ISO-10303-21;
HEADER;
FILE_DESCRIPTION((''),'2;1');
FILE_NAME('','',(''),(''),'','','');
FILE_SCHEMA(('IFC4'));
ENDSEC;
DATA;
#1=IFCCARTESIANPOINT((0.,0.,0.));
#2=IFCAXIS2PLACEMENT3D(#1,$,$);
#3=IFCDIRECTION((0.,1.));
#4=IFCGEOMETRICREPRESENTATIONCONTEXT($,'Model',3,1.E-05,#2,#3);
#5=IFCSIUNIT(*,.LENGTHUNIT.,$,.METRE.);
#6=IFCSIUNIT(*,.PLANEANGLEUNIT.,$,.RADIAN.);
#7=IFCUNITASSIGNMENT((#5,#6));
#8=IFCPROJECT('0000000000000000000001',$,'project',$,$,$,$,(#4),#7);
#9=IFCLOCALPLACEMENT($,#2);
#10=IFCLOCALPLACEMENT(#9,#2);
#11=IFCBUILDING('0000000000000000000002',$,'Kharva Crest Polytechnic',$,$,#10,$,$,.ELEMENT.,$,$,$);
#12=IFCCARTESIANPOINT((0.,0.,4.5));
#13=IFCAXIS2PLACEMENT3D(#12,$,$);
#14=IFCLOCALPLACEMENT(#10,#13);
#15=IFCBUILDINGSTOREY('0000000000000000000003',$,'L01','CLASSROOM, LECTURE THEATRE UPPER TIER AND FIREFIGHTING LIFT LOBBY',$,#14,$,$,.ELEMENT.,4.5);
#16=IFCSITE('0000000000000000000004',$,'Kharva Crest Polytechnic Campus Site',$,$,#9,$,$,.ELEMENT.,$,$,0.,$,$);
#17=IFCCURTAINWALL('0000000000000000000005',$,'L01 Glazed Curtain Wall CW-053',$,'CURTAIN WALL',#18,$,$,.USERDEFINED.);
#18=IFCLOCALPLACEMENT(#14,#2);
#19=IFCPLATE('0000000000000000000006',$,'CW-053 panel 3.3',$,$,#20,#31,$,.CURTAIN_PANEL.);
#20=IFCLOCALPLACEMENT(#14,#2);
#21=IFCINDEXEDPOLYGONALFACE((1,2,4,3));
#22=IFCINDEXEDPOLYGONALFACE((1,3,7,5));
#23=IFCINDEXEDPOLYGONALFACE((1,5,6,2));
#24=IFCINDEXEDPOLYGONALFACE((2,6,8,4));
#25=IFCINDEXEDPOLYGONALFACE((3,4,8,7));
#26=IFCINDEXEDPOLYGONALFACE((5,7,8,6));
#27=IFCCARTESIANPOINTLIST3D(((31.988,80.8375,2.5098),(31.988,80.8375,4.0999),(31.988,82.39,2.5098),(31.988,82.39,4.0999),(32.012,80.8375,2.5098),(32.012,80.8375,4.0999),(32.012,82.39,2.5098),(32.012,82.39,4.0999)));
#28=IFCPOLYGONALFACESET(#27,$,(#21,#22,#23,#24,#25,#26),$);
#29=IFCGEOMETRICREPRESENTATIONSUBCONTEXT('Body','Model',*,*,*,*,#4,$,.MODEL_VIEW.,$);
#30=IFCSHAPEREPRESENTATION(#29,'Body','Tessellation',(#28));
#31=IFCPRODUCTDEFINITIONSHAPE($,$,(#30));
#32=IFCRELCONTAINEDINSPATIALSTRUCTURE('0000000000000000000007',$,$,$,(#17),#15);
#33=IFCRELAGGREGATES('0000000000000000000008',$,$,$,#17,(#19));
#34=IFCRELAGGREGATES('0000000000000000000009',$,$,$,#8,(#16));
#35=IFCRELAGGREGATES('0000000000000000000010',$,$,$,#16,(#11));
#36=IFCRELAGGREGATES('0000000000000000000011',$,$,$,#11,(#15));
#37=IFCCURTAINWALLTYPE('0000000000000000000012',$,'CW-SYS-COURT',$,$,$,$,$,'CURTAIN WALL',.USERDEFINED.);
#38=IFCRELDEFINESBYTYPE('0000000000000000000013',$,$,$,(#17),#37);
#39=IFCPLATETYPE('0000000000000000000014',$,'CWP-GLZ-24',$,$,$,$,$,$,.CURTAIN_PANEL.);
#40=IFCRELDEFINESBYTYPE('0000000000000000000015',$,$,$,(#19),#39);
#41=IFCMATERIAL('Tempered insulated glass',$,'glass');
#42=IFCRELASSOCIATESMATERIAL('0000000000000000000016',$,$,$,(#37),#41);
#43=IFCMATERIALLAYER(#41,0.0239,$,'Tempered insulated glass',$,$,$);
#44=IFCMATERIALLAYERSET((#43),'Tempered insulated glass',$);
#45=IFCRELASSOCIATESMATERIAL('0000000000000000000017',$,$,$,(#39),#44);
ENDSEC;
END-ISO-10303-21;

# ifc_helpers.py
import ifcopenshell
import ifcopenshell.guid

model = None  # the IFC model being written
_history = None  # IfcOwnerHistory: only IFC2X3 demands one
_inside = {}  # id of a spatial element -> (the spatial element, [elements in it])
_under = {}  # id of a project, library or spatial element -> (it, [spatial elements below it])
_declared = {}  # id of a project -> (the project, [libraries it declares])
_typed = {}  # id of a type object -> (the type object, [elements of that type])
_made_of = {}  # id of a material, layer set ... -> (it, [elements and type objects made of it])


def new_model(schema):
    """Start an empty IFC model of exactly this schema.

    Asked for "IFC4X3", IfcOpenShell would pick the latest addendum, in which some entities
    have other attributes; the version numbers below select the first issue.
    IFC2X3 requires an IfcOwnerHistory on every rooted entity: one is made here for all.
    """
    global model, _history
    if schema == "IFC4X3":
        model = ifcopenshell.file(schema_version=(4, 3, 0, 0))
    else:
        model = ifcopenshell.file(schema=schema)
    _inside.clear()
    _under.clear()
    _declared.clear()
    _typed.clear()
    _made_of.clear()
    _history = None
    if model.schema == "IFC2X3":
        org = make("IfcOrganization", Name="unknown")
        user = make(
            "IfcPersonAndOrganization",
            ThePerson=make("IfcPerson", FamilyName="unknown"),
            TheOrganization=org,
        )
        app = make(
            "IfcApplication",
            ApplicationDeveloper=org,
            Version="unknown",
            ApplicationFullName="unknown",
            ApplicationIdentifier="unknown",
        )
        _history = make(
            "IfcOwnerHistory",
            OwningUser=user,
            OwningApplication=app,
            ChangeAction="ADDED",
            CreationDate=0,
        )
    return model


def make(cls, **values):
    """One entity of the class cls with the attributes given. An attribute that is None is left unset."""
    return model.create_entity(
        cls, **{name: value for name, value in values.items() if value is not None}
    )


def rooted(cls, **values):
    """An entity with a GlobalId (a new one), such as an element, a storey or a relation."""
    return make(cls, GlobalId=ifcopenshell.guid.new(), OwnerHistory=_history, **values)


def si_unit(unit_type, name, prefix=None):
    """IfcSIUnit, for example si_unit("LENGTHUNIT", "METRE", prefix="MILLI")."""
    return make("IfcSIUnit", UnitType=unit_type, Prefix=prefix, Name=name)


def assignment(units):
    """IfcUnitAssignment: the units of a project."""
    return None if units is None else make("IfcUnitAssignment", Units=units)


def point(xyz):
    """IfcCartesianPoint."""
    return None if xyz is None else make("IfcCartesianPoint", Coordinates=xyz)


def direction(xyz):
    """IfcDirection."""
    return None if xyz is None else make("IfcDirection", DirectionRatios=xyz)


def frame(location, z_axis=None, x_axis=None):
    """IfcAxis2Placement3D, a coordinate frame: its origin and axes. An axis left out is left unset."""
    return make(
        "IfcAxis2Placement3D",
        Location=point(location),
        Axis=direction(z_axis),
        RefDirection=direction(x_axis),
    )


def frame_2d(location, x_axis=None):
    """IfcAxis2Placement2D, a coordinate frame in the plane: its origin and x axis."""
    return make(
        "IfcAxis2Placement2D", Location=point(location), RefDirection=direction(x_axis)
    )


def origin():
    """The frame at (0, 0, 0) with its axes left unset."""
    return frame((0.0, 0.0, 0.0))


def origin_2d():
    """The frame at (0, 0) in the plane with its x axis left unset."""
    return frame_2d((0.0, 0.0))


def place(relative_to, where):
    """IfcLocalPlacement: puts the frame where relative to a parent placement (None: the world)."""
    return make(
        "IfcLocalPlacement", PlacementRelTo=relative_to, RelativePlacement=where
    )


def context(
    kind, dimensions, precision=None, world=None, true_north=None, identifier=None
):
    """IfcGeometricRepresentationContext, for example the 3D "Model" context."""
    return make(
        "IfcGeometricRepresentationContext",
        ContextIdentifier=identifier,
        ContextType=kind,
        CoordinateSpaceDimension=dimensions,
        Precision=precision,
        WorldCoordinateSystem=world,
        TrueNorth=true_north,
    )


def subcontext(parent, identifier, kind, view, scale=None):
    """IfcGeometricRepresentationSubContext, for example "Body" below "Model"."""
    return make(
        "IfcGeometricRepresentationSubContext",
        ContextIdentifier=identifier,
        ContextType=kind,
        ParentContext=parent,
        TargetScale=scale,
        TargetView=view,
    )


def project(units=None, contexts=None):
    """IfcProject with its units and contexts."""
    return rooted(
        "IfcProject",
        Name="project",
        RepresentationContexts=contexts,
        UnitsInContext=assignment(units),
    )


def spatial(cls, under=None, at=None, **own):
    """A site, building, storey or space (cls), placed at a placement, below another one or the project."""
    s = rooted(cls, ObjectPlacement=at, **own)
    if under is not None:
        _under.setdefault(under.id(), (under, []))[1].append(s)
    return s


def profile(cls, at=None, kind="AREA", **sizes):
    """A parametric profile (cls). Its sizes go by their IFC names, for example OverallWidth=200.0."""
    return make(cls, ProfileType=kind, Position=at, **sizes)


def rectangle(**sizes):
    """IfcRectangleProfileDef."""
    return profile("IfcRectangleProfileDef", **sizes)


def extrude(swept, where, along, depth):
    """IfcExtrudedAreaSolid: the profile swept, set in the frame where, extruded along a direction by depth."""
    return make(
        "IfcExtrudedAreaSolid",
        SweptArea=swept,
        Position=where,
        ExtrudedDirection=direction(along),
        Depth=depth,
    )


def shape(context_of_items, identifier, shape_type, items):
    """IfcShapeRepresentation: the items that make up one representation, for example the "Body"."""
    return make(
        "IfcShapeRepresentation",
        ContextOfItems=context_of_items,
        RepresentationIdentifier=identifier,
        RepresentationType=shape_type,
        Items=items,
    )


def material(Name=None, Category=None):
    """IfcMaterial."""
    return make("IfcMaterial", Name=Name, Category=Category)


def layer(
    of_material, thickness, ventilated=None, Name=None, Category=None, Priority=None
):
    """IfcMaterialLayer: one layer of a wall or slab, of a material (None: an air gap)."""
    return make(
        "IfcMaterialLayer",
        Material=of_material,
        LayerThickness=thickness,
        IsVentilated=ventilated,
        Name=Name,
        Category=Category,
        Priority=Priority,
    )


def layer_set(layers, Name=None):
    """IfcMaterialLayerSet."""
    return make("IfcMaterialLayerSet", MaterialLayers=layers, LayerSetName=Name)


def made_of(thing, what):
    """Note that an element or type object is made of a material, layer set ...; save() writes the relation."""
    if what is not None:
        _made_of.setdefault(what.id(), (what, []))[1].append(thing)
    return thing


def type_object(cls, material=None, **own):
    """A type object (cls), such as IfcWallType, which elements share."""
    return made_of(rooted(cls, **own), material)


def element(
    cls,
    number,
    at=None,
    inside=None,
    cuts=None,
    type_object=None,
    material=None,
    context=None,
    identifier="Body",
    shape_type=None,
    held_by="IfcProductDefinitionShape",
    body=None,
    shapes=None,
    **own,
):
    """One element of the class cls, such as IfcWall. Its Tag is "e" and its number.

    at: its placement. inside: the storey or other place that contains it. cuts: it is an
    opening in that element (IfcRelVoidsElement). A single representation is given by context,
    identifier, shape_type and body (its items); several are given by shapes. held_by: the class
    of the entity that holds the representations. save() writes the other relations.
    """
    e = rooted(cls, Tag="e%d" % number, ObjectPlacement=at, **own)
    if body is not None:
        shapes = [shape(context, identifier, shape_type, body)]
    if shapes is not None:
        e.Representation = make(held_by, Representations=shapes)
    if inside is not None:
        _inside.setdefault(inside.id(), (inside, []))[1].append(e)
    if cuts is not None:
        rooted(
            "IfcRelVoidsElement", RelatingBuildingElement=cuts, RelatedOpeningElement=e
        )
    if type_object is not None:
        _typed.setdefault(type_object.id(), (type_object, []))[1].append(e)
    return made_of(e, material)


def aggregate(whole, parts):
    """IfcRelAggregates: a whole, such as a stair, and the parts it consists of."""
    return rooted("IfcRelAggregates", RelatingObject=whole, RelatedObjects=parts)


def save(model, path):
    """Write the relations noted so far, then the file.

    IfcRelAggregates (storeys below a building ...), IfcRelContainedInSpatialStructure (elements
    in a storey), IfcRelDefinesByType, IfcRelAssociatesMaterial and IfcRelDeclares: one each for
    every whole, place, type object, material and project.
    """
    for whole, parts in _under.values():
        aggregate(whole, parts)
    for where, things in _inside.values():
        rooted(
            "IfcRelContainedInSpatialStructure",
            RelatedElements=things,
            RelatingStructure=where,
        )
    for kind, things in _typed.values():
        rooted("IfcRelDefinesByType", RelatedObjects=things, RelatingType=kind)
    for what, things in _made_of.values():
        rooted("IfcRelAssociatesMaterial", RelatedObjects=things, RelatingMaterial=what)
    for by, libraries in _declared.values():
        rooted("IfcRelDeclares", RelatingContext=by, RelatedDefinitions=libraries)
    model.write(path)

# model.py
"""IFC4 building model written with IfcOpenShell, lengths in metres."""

from ifc_helpers import new_model, si_unit, direction, frame, origin, origin_2d, place, context, subcontext, project, spatial, rectangle, extrude, material, layer, layer_set, type_object, element, aggregate, save


model = new_model("IFC4")

# Units and contexts
model_context = context("Model", 3, precision=1e-05, world=origin(), true_north=direction((0.0, 1.0)))
body_context = subcontext(model_context, "Body", "Model", "MODEL_VIEW")
ifc_project = project(units=[si_unit("LENGTHUNIT", "METRE"), si_unit("PLANEANGLEUNIT", "RADIAN")], contexts=[model_context])

# Site, building, storey
site_placement = place(None, origin())
site = spatial("IfcSite", under=ifc_project, at=site_placement, Name="Kharva Crest Polytechnic Campus Site", CompositionType="ELEMENT", RefElevation=0.0)
building_placement = place(site_placement, origin())
building = spatial("IfcBuilding", under=site, at=building_placement, Name="Kharva Crest Polytechnic", CompositionType="ELEMENT")
storey_placement = place(building_placement, frame((0.0, 0.0, 4.5)))
storey = spatial("IfcBuildingStorey", under=building, at=storey_placement, Name="L01", Description="CLASSROOM, LECTURE THEATRE UPPER TIER AND FIREFIGHTING LIFT LOBBY", CompositionType="ELEMENT", Elevation=4.5)

# Curtain wall, plate
ifc_material_1 = material(Name="Tempered insulated glass", Category="glass")
curtain_wall_type = type_object("IfcCurtainWallType", Name="CW-SYS-COURT", ElementType="CURTAIN WALL", PredefinedType="USERDEFINED", material=ifc_material_1)
curtain_wall_placement = place(storey_placement, origin())
curtain_wall = element("IfcCurtainWall", 1, at=curtain_wall_placement, inside=storey, type_object=curtain_wall_type, Name="L01 Glazed Curtain Wall CW-053", ObjectType="CURTAIN WALL", PredefinedType="USERDEFINED")
ifc_layer = layer(ifc_material_1, 0.0239, Name="Tempered insulated glass")
ifc_layer_set = layer_set([ifc_layer], Name="Tempered insulated glass")
plate_type = type_object("IfcPlateType", Name="CWP-GLZ-24", PredefinedType="CURTAIN_PANEL", material=ifc_layer_set)
plate_1_placement = place(storey_placement, frame((32.0, 81.6138, 2.5098), z_axis=(0.0, 0.0, 1.0), x_axis=(0.0, -1.0, 0.0)))
plate_1 = element("IfcPlate", 2, at=plate_1_placement, type_object=plate_type, Name="CW-053 panel 3.3", PredefinedType="CURTAIN_PANEL", context=body_context, shape_type="SweptSolid", body=[
    extrude(rectangle(XDim=1.5525, YDim=0.0239, at=origin_2d()), origin(), (0.0, 0.0, 1.0), 1.5901),
])
aggregate(curtain_wall, [plate_1])

save(model, "model.ifc")
